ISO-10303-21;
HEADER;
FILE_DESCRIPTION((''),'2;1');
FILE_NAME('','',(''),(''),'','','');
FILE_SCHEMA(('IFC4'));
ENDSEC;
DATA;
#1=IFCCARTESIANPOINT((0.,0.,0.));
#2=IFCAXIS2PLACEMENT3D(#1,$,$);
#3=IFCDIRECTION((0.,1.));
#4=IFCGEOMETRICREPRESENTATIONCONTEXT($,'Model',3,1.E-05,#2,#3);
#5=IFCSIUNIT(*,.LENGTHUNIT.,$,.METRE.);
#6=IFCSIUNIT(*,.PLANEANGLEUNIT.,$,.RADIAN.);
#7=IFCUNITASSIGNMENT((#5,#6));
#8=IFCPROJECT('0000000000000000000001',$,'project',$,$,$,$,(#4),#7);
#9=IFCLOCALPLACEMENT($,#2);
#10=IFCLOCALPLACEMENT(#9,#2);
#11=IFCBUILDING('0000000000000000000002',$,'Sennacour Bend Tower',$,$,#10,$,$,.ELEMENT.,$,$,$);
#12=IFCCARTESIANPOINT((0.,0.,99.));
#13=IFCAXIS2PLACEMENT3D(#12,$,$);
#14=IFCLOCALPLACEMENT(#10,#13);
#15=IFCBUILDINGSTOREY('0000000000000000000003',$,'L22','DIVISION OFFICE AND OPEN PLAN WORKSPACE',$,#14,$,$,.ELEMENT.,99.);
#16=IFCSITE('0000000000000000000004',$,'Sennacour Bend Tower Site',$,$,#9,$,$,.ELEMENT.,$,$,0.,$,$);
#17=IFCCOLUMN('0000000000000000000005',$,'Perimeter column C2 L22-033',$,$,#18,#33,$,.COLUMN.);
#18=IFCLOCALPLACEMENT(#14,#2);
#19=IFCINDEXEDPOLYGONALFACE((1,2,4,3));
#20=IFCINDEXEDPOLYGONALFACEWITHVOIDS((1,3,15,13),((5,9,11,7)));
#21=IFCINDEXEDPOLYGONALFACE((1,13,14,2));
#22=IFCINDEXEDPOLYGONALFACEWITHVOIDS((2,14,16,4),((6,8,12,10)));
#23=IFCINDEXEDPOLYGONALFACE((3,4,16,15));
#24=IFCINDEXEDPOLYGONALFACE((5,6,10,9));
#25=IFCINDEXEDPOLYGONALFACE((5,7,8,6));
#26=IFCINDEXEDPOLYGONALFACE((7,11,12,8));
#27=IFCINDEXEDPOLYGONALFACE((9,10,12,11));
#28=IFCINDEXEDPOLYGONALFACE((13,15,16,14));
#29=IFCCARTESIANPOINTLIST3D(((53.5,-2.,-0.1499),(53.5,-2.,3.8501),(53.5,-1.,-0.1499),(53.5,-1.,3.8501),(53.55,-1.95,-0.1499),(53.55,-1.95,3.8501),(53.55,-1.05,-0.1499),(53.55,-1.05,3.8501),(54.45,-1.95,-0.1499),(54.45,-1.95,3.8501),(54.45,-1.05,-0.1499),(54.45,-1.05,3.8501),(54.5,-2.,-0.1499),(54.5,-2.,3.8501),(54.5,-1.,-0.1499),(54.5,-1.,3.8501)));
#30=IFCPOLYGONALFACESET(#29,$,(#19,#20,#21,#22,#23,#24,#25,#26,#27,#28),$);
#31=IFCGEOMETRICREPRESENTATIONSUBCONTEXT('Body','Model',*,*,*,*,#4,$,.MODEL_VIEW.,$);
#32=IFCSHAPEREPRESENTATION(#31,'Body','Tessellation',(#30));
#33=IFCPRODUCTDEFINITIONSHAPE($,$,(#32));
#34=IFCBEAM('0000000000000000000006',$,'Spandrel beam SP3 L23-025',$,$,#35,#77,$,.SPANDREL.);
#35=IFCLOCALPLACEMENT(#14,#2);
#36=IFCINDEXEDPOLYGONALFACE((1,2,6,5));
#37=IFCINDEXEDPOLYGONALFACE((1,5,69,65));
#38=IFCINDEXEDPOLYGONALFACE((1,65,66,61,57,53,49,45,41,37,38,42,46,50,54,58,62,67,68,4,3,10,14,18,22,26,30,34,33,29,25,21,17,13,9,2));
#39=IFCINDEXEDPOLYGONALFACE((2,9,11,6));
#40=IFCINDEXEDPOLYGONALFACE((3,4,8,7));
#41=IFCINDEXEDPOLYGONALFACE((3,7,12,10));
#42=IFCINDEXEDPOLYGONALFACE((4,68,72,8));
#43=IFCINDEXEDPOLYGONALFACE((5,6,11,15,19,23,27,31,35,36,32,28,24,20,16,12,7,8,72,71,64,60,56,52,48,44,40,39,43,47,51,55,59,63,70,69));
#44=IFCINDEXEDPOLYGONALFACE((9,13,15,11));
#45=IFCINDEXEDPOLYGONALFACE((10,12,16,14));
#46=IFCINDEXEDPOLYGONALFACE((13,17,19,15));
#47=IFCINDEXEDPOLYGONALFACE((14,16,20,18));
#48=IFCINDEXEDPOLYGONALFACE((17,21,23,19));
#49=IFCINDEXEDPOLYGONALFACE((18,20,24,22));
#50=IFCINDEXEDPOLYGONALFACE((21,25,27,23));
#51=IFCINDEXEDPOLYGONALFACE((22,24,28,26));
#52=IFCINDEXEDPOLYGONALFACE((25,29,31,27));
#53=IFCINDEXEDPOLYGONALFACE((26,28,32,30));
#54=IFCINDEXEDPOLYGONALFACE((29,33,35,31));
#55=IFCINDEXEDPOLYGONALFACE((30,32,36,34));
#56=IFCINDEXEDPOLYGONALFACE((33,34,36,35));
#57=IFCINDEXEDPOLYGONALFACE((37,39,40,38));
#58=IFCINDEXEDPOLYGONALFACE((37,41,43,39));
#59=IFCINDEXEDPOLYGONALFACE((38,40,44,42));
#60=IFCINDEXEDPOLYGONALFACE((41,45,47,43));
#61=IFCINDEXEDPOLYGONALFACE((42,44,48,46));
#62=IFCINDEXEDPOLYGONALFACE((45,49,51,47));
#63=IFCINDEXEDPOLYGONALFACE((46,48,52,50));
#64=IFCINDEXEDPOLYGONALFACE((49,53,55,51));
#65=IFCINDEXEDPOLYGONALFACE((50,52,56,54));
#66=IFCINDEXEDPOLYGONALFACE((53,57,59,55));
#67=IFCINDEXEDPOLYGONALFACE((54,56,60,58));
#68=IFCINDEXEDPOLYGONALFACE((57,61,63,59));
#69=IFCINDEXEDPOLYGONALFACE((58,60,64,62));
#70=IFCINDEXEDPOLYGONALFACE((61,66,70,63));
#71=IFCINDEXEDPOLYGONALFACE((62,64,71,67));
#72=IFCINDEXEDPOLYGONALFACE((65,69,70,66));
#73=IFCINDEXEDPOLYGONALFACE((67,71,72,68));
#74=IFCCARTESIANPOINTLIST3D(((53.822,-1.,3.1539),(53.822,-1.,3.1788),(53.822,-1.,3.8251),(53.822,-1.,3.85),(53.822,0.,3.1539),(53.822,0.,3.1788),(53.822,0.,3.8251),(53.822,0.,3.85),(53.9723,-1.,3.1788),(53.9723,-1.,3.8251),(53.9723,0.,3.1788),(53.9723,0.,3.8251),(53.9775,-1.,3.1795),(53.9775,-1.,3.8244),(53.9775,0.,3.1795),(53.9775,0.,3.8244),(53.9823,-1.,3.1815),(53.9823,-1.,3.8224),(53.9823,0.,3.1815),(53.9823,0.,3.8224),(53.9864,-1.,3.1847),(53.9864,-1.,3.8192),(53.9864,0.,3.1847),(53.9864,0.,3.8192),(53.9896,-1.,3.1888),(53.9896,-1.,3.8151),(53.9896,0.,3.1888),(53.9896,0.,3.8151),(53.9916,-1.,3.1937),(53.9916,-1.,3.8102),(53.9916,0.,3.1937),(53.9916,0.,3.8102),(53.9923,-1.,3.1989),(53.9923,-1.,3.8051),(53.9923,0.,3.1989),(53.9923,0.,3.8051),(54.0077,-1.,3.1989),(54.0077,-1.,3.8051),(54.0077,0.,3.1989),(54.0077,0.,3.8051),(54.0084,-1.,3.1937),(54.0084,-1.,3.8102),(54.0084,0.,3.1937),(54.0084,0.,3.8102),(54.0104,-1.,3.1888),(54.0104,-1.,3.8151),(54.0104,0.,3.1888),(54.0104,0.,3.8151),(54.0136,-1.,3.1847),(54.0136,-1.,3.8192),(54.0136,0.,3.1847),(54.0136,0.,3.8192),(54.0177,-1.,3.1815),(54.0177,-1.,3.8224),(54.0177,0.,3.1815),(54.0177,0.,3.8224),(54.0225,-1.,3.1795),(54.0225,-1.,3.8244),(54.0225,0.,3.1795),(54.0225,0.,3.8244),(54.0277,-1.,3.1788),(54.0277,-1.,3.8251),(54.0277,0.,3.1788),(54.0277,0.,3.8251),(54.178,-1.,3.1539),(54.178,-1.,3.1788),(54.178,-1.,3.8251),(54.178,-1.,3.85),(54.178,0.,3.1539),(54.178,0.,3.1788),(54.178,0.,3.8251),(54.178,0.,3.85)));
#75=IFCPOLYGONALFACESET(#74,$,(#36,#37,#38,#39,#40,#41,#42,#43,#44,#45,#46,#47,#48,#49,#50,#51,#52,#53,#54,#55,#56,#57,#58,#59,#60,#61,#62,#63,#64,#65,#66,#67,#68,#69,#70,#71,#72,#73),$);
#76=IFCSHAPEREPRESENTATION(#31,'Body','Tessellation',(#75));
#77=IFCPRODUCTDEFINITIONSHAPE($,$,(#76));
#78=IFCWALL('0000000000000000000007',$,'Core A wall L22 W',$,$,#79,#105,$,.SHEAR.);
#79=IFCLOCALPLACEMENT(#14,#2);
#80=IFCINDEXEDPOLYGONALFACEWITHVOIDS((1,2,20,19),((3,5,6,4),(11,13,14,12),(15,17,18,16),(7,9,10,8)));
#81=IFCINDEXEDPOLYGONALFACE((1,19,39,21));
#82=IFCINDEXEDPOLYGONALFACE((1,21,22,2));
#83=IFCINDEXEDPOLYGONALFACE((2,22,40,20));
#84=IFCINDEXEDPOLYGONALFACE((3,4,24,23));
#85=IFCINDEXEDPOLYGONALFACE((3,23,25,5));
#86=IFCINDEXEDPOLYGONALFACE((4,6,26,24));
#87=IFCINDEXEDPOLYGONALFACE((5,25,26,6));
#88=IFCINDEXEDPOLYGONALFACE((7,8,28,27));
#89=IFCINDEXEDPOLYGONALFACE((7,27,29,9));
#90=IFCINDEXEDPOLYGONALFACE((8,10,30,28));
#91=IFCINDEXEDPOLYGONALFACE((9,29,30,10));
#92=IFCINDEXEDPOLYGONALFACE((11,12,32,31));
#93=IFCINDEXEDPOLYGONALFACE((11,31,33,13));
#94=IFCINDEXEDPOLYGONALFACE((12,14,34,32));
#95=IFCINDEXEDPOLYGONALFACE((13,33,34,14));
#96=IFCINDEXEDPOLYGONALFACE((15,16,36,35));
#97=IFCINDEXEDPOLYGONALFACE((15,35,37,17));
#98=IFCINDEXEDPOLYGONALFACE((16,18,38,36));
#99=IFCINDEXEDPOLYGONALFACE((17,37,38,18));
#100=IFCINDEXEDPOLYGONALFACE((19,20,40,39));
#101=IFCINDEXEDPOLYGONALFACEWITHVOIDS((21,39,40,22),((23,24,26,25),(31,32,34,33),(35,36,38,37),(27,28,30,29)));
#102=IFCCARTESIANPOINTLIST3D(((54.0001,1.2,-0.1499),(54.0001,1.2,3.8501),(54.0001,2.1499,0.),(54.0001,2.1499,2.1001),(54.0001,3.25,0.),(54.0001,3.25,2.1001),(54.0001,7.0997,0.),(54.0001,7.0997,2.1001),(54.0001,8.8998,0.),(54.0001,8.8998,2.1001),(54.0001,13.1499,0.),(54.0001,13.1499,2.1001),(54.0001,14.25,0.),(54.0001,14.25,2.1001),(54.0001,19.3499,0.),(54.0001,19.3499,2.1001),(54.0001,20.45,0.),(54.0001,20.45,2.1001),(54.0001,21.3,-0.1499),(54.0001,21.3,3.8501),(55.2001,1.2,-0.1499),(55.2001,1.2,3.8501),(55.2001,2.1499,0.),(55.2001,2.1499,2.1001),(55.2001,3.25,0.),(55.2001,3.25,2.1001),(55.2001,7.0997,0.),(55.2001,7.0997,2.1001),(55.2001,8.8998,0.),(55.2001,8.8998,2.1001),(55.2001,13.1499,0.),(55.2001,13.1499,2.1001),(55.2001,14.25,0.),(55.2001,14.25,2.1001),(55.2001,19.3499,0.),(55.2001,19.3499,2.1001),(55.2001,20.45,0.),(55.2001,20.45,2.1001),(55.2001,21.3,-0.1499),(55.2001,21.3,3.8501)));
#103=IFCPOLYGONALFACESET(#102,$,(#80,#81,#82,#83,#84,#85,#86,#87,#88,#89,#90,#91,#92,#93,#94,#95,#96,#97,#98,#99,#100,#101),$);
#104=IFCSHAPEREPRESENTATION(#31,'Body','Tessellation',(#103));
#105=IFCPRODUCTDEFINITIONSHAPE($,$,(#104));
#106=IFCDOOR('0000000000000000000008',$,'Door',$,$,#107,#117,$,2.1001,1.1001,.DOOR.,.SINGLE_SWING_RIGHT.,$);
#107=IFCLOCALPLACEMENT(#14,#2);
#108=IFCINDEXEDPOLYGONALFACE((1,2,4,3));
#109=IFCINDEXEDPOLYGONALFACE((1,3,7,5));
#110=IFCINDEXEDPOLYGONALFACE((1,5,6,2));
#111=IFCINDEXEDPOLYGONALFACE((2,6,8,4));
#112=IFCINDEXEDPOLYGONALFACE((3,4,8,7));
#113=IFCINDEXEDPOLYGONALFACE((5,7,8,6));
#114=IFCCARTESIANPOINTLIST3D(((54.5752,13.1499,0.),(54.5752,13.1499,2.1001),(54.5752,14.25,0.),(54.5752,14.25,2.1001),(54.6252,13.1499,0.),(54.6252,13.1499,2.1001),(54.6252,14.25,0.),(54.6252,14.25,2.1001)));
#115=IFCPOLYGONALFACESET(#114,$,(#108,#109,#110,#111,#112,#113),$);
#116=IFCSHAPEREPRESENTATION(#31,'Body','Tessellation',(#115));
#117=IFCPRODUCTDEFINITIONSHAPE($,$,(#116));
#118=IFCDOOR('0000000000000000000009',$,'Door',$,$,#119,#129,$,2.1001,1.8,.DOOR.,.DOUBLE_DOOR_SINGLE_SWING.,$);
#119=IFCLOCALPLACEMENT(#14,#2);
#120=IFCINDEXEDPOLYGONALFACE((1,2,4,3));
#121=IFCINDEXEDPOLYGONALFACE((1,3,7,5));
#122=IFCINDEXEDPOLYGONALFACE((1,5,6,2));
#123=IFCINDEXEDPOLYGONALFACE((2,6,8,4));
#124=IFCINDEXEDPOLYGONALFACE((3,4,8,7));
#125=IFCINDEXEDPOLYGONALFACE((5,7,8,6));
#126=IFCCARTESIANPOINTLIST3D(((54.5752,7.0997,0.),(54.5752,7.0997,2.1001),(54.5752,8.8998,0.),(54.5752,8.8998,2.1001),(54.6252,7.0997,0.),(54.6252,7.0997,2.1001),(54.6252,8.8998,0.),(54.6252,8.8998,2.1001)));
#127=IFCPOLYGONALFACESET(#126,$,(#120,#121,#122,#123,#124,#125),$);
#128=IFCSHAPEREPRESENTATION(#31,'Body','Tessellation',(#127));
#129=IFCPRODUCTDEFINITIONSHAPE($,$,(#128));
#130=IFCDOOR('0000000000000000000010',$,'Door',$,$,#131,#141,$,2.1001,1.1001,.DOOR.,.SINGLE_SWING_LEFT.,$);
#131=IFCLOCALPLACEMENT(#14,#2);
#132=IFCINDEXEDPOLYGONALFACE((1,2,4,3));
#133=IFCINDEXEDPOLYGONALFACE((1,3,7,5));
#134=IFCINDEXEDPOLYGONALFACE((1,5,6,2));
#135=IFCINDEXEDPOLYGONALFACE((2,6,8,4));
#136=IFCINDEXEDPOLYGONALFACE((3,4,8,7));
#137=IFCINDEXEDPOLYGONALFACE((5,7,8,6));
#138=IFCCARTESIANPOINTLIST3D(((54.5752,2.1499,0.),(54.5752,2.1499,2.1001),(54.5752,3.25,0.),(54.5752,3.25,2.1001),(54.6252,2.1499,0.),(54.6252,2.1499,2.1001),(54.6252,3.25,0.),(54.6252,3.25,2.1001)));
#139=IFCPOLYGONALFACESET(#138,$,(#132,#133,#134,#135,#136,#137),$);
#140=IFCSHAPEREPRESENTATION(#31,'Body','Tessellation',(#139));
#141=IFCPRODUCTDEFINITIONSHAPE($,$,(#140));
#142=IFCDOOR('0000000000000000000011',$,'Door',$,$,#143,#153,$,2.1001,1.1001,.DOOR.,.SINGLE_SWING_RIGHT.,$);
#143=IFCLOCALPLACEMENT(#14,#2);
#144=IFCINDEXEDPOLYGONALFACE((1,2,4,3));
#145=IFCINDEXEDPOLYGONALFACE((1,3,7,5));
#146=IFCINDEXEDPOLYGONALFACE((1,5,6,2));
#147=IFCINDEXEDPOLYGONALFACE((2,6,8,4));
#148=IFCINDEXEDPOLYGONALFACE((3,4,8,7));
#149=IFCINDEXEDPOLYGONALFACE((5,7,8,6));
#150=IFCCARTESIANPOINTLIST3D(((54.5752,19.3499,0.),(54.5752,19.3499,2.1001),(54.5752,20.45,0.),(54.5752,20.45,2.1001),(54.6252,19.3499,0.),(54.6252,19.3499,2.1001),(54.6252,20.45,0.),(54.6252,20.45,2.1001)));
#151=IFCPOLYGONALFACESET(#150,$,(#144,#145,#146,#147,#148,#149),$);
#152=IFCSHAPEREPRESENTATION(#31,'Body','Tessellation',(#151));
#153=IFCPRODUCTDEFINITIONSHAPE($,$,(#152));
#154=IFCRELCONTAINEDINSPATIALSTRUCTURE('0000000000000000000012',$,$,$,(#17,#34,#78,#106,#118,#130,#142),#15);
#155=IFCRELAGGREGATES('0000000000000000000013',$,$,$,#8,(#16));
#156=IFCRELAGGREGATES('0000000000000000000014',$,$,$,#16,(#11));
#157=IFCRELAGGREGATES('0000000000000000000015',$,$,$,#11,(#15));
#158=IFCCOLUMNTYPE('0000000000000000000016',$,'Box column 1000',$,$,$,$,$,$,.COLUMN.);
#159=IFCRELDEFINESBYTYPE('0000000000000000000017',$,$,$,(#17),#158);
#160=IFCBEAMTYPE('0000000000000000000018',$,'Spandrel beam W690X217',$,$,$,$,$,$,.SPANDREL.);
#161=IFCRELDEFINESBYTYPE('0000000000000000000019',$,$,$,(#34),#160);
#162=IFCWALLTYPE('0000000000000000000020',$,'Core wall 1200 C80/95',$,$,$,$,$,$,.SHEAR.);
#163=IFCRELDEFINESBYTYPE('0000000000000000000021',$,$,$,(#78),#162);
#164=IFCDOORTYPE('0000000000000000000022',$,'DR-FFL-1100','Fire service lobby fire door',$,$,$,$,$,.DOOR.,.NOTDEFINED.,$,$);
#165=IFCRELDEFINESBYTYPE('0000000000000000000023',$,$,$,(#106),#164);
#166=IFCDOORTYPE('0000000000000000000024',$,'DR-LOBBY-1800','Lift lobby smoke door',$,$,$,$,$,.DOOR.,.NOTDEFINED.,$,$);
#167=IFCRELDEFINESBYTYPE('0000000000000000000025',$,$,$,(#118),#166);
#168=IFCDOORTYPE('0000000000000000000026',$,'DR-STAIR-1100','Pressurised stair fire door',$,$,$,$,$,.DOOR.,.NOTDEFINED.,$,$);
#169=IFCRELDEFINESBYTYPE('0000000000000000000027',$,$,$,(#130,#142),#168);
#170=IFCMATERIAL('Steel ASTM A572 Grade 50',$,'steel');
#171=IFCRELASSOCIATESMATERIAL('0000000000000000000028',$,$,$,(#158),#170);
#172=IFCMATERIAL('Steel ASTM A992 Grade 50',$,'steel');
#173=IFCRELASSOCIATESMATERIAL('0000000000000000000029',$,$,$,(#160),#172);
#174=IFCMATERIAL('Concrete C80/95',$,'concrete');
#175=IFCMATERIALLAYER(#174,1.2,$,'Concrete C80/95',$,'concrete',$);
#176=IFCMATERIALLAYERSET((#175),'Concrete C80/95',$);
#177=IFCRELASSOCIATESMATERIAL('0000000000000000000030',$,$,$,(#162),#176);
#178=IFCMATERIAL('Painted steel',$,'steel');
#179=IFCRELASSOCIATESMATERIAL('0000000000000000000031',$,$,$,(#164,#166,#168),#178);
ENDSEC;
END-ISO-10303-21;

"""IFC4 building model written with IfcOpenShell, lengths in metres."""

from ifc_helpers import new_model, si_unit, direction, frame, frame_2d, origin, origin_2d, place, context, subcontext, project, spatial, rectangle, hollow_rectangle, i_section, extrude, material, layer, layer_set, material_profile, profile_set, type_object, element, fill, save


model = new_model("IFC4")

# Units and contexts
model_context = context("Model", 3, precision=1e-05, world=origin(), true_north=direction((0.0, 1.0)))
body_context = subcontext(model_context, "Body", "Model", "MODEL_VIEW")
ifc_project = project(units=[si_unit("LENGTHUNIT", "METRE"), si_unit("PLANEANGLEUNIT", "RADIAN")], contexts=[model_context])

# Site, building, storey
site_placement = place(None, origin())
site = spatial("IfcSite", under=ifc_project, at=site_placement, Name="Sennacour Bend Tower Site", CompositionType="ELEMENT", RefElevation=0.0)
building_placement = place(site_placement, origin())
building = spatial("IfcBuilding", under=site, at=building_placement, Name="Sennacour Bend Tower", CompositionType="ELEMENT")
storey_placement = place(building_placement, frame((0.0, 0.0, 99.0)))
storey = spatial("IfcBuildingStorey", under=building, at=storey_placement, Name="L22", Description="DIVISION OFFICE AND OPEN PLAN WORKSPACE", CompositionType="ELEMENT", Elevation=99.0)

# Column
ifc_material_1 = material(Name="Steel ASTM A572 Grade 50", Category="steel")
ifc_material_profile_1 = material_profile(ifc_material_1, hollow_rectangle(XDim=1.0, YDim=1.0, WallThickness=0.05, at=origin_2d()), Name="Steel ASTM A572 Grade 50", Category="steel")
ifc_profile_set_1 = profile_set([ifc_material_profile_1], Name="Steel ASTM A572 Grade 50")
column_type = type_object("IfcColumnType", Name="Box column 1000", PredefinedType="COLUMN", material=ifc_profile_set_1)
column_placement = place(storey_placement, frame((54.0, -1.5, -0.1499), z_axis=(0.0, 0.0, 1.0), x_axis=(1.0, 0.0, 0.0)))
element("IfcColumn", 1, at=column_placement, inside=storey, type_object=column_type, Name="Perimeter column C2 L22-033", PredefinedType="COLUMN", context=body_context, shape_type="SweptSolid", body=[
    extrude(hollow_rectangle(XDim=1.0, YDim=1.0, WallThickness=0.05, at=origin_2d()), origin(), (0.0, 0.0, 1.0), 4.0),
])

# Beam
ifc_material_2 = material(Name="Steel ASTM A992 Grade 50", Category="steel")
ifc_material_profile_2 = material_profile(ifc_material_2, i_section(OverallWidth=0.356, OverallDepth=0.696, WebThickness=0.0154, FlangeThickness=0.0249, FilletRadius=0.02, at=origin_2d()), Name="Steel ASTM A992 Grade 50", Category="steel")
ifc_profile_set_2 = profile_set([ifc_material_profile_2], Name="Steel ASTM A992 Grade 50")
beam_type = type_object("IfcBeamType", Name="Spandrel beam W690X217", PredefinedType="SPANDREL", material=ifc_profile_set_2)
beam_placement = place(storey_placement, frame((54.0, 0.0, 3.502), z_axis=(0.0, -1.0, 0.0), x_axis=(1.0, 0.0, 0.0)))
element("IfcBeam", 2, at=beam_placement, inside=storey, type_object=beam_type, Name="Spandrel beam SP3 L23-025", PredefinedType="SPANDREL", context=body_context, shape_type="SweptSolid", body=[
    extrude(i_section(OverallWidth=0.356, OverallDepth=0.696, WebThickness=0.0154, FlangeThickness=0.0249, FilletRadius=0.02, at=origin_2d()), origin(), (0.0, 0.0, 1.0), 1.0),
])

# Wall, openings, doors
ifc_material_3 = material(Name="Concrete C80/95", Category="concrete")
ifc_layer_1 = layer(ifc_material_3, 1.2, Name="Concrete C80/95", Category="concrete")
ifc_layer_set_1 = layer_set([ifc_layer_1], Name="Concrete C80/95")
wall_type_1 = type_object("IfcWallType", Name="Core wall 1200 C80/95", PredefinedType="SHEAR", material=ifc_layer_set_1)
wall_1_placement = place(storey_placement, frame((54.6001, 1.2, -0.1499), z_axis=(0.0, 0.0, 1.0), x_axis=(0.0, 1.0, 0.0)))
wall_1 = element("IfcWall", 3, at=wall_1_placement, inside=storey, type_object=wall_type_1, Name="Core A wall L22 W", PredefinedType="SHEAR", context=body_context, shape_type="SweptSolid", body=[
    extrude(rectangle(XDim=20.1001, YDim=1.2, at=frame_2d((10.05, 0.0))), origin(), (0.0, 0.0, 1.0), 4.0),
])
opening_1_placement = place(wall_1_placement, frame((5.8999, 0.0, 0.1499)))
opening_1 = element("IfcOpeningElement", 4, at=opening_1_placement, cuts=wall_1, PredefinedType="OPENING", context=body_context, shape_type="SweptSolid", body=[
    extrude(rectangle(XDim=1.8, YDim=2.1001, at=frame_2d((0.8999, 1.05))), frame((0.0, 0.6099, 0.0), z_axis=(0.0, -1.0, 0.0), x_axis=(1.0, 0.0, 0.0)), (0.0, 0.0, 1.0), 1.22),
])
opening_2_placement = place(wall_1_placement, frame((11.95, 0.0, 0.1499)))
opening_2 = element("IfcOpeningElement", 5, at=opening_2_placement, cuts=wall_1, PredefinedType="OPENING", context=body_context, shape_type="SweptSolid", body=[
    extrude(rectangle(XDim=1.1001, YDim=2.1001, at=frame_2d((0.55, 1.05))), frame((0.0, 0.6099, 0.0), z_axis=(0.0, -1.0, 0.0), x_axis=(1.0, 0.0, 0.0)), (0.0, 0.0, 1.0), 1.22),
])
opening_3_placement = place(wall_1_placement, frame((0.95, 0.0, 0.1499)))
opening_3 = element("IfcOpeningElement", 6, at=opening_3_placement, cuts=wall_1, PredefinedType="OPENING", context=body_context, shape_type="SweptSolid", body=[
    extrude(rectangle(XDim=1.1001, YDim=2.1001, at=frame_2d((0.55, 1.05))), frame((0.0, 0.6099, 0.0), z_axis=(0.0, -1.0, 0.0), x_axis=(1.0, 0.0, 0.0)), (0.0, 0.0, 1.0), 1.22),
])
opening_4_placement = place(wall_1_placement, frame((18.1499, 0.0, 0.1499)))
opening_4 = element("IfcOpeningElement", 7, at=opening_4_placement, cuts=wall_1, PredefinedType="OPENING", context=body_context, shape_type="SweptSolid", body=[
    extrude(rectangle(XDim=1.1001, YDim=2.1001, at=frame_2d((0.55, 1.05))), frame((0.0, 0.6099, 0.0), z_axis=(0.0, -1.0, 0.0), x_axis=(1.0, 0.0, 0.0)), (0.0, 0.0, 1.0), 1.22),
])
ifc_material_4 = material(Name="Painted steel", Category="steel")
door_type_1 = type_object("IfcDoorType", Name="DR-FFL-1100", Description="Fire service lobby fire door", OperationType="NOTDEFINED", PredefinedType="DOOR", material=ifc_material_4)
door_1_placement = place(opening_2_placement, origin())
door_1 = element("IfcDoor", 8, at=door_1_placement, inside=storey, type_object=door_type_1, Name="Door", OperationType="SINGLE_SWING_RIGHT", OverallHeight=2.1001, OverallWidth=1.1001, PredefinedType="DOOR", context=body_context, shape_type="SweptSolid", body=[
    extrude(rectangle(XDim=1.1001, YDim=2.1001, at=frame_2d((0.55, 1.05))), frame((0.0, 0.0249, 0.0), z_axis=(0.0, -1.0, 0.0), x_axis=(1.0, 0.0, 0.0)), (0.0, 0.0, 1.0), 0.05),
])
fill(opening_2, door_1)
door_type_2 = type_object("IfcDoorType", Name="DR-LOBBY-1800", Description="Lift lobby smoke door", OperationType="NOTDEFINED", PredefinedType="DOOR", material=ifc_material_4)
door_2_placement = place(opening_1_placement, origin())
door_2 = element("IfcDoor", 9, at=door_2_placement, inside=storey, type_object=door_type_2, Name="Door", OperationType="DOUBLE_DOOR_SINGLE_SWING", OverallHeight=2.1001, OverallWidth=1.8, PredefinedType="DOOR", context=body_context, shape_type="SweptSolid", body=[
    extrude(rectangle(XDim=1.8, YDim=2.1001, at=frame_2d((0.8999, 1.05))), frame((0.0, 0.0249, 0.0), z_axis=(0.0, -1.0, 0.0), x_axis=(1.0, 0.0, 0.0)), (0.0, 0.0, 1.0), 0.05),
])
fill(opening_1, door_2)
door_type_3 = type_object("IfcDoorType", Name="DR-STAIR-1100", Description="Pressurised stair fire door", OperationType="NOTDEFINED", PredefinedType="DOOR", material=ifc_material_4)
door_3_placement = place(opening_3_placement, origin())
door_3 = element("IfcDoor", 10, at=door_3_placement, inside=storey, type_object=door_type_3, Name="Door", OperationType="SINGLE_SWING_LEFT", OverallHeight=2.1001, OverallWidth=1.1001, PredefinedType="DOOR", context=body_context, shape_type="SweptSolid", body=[
    extrude(rectangle(XDim=1.1001, YDim=2.1001, at=frame_2d((0.55, 1.05))), frame((0.0, 0.0249, 0.0), z_axis=(0.0, -1.0, 0.0), x_axis=(1.0, 0.0, 0.0)), (0.0, 0.0, 1.0), 0.05),
])
fill(opening_3, door_3)
door_4_placement = place(opening_4_placement, origin())
door_4 = element("IfcDoor", 11, at=door_4_placement, inside=storey, type_object=door_type_3, Name="Door", OperationType="SINGLE_SWING_RIGHT", OverallHeight=2.1001, OverallWidth=1.1001, PredefinedType="DOOR", context=body_context, shape_type="SweptSolid", body=[
    extrude(rectangle(XDim=1.1001, YDim=2.1001, at=frame_2d((0.55, 1.05))), frame((0.0, 0.0249, 0.0), z_axis=(0.0, -1.0, 0.0), x_axis=(1.0, 0.0, 0.0)), (0.0, 0.0, 1.0), 0.05),
])
fill(opening_4, door_4)

save(model, "model.ifc")
